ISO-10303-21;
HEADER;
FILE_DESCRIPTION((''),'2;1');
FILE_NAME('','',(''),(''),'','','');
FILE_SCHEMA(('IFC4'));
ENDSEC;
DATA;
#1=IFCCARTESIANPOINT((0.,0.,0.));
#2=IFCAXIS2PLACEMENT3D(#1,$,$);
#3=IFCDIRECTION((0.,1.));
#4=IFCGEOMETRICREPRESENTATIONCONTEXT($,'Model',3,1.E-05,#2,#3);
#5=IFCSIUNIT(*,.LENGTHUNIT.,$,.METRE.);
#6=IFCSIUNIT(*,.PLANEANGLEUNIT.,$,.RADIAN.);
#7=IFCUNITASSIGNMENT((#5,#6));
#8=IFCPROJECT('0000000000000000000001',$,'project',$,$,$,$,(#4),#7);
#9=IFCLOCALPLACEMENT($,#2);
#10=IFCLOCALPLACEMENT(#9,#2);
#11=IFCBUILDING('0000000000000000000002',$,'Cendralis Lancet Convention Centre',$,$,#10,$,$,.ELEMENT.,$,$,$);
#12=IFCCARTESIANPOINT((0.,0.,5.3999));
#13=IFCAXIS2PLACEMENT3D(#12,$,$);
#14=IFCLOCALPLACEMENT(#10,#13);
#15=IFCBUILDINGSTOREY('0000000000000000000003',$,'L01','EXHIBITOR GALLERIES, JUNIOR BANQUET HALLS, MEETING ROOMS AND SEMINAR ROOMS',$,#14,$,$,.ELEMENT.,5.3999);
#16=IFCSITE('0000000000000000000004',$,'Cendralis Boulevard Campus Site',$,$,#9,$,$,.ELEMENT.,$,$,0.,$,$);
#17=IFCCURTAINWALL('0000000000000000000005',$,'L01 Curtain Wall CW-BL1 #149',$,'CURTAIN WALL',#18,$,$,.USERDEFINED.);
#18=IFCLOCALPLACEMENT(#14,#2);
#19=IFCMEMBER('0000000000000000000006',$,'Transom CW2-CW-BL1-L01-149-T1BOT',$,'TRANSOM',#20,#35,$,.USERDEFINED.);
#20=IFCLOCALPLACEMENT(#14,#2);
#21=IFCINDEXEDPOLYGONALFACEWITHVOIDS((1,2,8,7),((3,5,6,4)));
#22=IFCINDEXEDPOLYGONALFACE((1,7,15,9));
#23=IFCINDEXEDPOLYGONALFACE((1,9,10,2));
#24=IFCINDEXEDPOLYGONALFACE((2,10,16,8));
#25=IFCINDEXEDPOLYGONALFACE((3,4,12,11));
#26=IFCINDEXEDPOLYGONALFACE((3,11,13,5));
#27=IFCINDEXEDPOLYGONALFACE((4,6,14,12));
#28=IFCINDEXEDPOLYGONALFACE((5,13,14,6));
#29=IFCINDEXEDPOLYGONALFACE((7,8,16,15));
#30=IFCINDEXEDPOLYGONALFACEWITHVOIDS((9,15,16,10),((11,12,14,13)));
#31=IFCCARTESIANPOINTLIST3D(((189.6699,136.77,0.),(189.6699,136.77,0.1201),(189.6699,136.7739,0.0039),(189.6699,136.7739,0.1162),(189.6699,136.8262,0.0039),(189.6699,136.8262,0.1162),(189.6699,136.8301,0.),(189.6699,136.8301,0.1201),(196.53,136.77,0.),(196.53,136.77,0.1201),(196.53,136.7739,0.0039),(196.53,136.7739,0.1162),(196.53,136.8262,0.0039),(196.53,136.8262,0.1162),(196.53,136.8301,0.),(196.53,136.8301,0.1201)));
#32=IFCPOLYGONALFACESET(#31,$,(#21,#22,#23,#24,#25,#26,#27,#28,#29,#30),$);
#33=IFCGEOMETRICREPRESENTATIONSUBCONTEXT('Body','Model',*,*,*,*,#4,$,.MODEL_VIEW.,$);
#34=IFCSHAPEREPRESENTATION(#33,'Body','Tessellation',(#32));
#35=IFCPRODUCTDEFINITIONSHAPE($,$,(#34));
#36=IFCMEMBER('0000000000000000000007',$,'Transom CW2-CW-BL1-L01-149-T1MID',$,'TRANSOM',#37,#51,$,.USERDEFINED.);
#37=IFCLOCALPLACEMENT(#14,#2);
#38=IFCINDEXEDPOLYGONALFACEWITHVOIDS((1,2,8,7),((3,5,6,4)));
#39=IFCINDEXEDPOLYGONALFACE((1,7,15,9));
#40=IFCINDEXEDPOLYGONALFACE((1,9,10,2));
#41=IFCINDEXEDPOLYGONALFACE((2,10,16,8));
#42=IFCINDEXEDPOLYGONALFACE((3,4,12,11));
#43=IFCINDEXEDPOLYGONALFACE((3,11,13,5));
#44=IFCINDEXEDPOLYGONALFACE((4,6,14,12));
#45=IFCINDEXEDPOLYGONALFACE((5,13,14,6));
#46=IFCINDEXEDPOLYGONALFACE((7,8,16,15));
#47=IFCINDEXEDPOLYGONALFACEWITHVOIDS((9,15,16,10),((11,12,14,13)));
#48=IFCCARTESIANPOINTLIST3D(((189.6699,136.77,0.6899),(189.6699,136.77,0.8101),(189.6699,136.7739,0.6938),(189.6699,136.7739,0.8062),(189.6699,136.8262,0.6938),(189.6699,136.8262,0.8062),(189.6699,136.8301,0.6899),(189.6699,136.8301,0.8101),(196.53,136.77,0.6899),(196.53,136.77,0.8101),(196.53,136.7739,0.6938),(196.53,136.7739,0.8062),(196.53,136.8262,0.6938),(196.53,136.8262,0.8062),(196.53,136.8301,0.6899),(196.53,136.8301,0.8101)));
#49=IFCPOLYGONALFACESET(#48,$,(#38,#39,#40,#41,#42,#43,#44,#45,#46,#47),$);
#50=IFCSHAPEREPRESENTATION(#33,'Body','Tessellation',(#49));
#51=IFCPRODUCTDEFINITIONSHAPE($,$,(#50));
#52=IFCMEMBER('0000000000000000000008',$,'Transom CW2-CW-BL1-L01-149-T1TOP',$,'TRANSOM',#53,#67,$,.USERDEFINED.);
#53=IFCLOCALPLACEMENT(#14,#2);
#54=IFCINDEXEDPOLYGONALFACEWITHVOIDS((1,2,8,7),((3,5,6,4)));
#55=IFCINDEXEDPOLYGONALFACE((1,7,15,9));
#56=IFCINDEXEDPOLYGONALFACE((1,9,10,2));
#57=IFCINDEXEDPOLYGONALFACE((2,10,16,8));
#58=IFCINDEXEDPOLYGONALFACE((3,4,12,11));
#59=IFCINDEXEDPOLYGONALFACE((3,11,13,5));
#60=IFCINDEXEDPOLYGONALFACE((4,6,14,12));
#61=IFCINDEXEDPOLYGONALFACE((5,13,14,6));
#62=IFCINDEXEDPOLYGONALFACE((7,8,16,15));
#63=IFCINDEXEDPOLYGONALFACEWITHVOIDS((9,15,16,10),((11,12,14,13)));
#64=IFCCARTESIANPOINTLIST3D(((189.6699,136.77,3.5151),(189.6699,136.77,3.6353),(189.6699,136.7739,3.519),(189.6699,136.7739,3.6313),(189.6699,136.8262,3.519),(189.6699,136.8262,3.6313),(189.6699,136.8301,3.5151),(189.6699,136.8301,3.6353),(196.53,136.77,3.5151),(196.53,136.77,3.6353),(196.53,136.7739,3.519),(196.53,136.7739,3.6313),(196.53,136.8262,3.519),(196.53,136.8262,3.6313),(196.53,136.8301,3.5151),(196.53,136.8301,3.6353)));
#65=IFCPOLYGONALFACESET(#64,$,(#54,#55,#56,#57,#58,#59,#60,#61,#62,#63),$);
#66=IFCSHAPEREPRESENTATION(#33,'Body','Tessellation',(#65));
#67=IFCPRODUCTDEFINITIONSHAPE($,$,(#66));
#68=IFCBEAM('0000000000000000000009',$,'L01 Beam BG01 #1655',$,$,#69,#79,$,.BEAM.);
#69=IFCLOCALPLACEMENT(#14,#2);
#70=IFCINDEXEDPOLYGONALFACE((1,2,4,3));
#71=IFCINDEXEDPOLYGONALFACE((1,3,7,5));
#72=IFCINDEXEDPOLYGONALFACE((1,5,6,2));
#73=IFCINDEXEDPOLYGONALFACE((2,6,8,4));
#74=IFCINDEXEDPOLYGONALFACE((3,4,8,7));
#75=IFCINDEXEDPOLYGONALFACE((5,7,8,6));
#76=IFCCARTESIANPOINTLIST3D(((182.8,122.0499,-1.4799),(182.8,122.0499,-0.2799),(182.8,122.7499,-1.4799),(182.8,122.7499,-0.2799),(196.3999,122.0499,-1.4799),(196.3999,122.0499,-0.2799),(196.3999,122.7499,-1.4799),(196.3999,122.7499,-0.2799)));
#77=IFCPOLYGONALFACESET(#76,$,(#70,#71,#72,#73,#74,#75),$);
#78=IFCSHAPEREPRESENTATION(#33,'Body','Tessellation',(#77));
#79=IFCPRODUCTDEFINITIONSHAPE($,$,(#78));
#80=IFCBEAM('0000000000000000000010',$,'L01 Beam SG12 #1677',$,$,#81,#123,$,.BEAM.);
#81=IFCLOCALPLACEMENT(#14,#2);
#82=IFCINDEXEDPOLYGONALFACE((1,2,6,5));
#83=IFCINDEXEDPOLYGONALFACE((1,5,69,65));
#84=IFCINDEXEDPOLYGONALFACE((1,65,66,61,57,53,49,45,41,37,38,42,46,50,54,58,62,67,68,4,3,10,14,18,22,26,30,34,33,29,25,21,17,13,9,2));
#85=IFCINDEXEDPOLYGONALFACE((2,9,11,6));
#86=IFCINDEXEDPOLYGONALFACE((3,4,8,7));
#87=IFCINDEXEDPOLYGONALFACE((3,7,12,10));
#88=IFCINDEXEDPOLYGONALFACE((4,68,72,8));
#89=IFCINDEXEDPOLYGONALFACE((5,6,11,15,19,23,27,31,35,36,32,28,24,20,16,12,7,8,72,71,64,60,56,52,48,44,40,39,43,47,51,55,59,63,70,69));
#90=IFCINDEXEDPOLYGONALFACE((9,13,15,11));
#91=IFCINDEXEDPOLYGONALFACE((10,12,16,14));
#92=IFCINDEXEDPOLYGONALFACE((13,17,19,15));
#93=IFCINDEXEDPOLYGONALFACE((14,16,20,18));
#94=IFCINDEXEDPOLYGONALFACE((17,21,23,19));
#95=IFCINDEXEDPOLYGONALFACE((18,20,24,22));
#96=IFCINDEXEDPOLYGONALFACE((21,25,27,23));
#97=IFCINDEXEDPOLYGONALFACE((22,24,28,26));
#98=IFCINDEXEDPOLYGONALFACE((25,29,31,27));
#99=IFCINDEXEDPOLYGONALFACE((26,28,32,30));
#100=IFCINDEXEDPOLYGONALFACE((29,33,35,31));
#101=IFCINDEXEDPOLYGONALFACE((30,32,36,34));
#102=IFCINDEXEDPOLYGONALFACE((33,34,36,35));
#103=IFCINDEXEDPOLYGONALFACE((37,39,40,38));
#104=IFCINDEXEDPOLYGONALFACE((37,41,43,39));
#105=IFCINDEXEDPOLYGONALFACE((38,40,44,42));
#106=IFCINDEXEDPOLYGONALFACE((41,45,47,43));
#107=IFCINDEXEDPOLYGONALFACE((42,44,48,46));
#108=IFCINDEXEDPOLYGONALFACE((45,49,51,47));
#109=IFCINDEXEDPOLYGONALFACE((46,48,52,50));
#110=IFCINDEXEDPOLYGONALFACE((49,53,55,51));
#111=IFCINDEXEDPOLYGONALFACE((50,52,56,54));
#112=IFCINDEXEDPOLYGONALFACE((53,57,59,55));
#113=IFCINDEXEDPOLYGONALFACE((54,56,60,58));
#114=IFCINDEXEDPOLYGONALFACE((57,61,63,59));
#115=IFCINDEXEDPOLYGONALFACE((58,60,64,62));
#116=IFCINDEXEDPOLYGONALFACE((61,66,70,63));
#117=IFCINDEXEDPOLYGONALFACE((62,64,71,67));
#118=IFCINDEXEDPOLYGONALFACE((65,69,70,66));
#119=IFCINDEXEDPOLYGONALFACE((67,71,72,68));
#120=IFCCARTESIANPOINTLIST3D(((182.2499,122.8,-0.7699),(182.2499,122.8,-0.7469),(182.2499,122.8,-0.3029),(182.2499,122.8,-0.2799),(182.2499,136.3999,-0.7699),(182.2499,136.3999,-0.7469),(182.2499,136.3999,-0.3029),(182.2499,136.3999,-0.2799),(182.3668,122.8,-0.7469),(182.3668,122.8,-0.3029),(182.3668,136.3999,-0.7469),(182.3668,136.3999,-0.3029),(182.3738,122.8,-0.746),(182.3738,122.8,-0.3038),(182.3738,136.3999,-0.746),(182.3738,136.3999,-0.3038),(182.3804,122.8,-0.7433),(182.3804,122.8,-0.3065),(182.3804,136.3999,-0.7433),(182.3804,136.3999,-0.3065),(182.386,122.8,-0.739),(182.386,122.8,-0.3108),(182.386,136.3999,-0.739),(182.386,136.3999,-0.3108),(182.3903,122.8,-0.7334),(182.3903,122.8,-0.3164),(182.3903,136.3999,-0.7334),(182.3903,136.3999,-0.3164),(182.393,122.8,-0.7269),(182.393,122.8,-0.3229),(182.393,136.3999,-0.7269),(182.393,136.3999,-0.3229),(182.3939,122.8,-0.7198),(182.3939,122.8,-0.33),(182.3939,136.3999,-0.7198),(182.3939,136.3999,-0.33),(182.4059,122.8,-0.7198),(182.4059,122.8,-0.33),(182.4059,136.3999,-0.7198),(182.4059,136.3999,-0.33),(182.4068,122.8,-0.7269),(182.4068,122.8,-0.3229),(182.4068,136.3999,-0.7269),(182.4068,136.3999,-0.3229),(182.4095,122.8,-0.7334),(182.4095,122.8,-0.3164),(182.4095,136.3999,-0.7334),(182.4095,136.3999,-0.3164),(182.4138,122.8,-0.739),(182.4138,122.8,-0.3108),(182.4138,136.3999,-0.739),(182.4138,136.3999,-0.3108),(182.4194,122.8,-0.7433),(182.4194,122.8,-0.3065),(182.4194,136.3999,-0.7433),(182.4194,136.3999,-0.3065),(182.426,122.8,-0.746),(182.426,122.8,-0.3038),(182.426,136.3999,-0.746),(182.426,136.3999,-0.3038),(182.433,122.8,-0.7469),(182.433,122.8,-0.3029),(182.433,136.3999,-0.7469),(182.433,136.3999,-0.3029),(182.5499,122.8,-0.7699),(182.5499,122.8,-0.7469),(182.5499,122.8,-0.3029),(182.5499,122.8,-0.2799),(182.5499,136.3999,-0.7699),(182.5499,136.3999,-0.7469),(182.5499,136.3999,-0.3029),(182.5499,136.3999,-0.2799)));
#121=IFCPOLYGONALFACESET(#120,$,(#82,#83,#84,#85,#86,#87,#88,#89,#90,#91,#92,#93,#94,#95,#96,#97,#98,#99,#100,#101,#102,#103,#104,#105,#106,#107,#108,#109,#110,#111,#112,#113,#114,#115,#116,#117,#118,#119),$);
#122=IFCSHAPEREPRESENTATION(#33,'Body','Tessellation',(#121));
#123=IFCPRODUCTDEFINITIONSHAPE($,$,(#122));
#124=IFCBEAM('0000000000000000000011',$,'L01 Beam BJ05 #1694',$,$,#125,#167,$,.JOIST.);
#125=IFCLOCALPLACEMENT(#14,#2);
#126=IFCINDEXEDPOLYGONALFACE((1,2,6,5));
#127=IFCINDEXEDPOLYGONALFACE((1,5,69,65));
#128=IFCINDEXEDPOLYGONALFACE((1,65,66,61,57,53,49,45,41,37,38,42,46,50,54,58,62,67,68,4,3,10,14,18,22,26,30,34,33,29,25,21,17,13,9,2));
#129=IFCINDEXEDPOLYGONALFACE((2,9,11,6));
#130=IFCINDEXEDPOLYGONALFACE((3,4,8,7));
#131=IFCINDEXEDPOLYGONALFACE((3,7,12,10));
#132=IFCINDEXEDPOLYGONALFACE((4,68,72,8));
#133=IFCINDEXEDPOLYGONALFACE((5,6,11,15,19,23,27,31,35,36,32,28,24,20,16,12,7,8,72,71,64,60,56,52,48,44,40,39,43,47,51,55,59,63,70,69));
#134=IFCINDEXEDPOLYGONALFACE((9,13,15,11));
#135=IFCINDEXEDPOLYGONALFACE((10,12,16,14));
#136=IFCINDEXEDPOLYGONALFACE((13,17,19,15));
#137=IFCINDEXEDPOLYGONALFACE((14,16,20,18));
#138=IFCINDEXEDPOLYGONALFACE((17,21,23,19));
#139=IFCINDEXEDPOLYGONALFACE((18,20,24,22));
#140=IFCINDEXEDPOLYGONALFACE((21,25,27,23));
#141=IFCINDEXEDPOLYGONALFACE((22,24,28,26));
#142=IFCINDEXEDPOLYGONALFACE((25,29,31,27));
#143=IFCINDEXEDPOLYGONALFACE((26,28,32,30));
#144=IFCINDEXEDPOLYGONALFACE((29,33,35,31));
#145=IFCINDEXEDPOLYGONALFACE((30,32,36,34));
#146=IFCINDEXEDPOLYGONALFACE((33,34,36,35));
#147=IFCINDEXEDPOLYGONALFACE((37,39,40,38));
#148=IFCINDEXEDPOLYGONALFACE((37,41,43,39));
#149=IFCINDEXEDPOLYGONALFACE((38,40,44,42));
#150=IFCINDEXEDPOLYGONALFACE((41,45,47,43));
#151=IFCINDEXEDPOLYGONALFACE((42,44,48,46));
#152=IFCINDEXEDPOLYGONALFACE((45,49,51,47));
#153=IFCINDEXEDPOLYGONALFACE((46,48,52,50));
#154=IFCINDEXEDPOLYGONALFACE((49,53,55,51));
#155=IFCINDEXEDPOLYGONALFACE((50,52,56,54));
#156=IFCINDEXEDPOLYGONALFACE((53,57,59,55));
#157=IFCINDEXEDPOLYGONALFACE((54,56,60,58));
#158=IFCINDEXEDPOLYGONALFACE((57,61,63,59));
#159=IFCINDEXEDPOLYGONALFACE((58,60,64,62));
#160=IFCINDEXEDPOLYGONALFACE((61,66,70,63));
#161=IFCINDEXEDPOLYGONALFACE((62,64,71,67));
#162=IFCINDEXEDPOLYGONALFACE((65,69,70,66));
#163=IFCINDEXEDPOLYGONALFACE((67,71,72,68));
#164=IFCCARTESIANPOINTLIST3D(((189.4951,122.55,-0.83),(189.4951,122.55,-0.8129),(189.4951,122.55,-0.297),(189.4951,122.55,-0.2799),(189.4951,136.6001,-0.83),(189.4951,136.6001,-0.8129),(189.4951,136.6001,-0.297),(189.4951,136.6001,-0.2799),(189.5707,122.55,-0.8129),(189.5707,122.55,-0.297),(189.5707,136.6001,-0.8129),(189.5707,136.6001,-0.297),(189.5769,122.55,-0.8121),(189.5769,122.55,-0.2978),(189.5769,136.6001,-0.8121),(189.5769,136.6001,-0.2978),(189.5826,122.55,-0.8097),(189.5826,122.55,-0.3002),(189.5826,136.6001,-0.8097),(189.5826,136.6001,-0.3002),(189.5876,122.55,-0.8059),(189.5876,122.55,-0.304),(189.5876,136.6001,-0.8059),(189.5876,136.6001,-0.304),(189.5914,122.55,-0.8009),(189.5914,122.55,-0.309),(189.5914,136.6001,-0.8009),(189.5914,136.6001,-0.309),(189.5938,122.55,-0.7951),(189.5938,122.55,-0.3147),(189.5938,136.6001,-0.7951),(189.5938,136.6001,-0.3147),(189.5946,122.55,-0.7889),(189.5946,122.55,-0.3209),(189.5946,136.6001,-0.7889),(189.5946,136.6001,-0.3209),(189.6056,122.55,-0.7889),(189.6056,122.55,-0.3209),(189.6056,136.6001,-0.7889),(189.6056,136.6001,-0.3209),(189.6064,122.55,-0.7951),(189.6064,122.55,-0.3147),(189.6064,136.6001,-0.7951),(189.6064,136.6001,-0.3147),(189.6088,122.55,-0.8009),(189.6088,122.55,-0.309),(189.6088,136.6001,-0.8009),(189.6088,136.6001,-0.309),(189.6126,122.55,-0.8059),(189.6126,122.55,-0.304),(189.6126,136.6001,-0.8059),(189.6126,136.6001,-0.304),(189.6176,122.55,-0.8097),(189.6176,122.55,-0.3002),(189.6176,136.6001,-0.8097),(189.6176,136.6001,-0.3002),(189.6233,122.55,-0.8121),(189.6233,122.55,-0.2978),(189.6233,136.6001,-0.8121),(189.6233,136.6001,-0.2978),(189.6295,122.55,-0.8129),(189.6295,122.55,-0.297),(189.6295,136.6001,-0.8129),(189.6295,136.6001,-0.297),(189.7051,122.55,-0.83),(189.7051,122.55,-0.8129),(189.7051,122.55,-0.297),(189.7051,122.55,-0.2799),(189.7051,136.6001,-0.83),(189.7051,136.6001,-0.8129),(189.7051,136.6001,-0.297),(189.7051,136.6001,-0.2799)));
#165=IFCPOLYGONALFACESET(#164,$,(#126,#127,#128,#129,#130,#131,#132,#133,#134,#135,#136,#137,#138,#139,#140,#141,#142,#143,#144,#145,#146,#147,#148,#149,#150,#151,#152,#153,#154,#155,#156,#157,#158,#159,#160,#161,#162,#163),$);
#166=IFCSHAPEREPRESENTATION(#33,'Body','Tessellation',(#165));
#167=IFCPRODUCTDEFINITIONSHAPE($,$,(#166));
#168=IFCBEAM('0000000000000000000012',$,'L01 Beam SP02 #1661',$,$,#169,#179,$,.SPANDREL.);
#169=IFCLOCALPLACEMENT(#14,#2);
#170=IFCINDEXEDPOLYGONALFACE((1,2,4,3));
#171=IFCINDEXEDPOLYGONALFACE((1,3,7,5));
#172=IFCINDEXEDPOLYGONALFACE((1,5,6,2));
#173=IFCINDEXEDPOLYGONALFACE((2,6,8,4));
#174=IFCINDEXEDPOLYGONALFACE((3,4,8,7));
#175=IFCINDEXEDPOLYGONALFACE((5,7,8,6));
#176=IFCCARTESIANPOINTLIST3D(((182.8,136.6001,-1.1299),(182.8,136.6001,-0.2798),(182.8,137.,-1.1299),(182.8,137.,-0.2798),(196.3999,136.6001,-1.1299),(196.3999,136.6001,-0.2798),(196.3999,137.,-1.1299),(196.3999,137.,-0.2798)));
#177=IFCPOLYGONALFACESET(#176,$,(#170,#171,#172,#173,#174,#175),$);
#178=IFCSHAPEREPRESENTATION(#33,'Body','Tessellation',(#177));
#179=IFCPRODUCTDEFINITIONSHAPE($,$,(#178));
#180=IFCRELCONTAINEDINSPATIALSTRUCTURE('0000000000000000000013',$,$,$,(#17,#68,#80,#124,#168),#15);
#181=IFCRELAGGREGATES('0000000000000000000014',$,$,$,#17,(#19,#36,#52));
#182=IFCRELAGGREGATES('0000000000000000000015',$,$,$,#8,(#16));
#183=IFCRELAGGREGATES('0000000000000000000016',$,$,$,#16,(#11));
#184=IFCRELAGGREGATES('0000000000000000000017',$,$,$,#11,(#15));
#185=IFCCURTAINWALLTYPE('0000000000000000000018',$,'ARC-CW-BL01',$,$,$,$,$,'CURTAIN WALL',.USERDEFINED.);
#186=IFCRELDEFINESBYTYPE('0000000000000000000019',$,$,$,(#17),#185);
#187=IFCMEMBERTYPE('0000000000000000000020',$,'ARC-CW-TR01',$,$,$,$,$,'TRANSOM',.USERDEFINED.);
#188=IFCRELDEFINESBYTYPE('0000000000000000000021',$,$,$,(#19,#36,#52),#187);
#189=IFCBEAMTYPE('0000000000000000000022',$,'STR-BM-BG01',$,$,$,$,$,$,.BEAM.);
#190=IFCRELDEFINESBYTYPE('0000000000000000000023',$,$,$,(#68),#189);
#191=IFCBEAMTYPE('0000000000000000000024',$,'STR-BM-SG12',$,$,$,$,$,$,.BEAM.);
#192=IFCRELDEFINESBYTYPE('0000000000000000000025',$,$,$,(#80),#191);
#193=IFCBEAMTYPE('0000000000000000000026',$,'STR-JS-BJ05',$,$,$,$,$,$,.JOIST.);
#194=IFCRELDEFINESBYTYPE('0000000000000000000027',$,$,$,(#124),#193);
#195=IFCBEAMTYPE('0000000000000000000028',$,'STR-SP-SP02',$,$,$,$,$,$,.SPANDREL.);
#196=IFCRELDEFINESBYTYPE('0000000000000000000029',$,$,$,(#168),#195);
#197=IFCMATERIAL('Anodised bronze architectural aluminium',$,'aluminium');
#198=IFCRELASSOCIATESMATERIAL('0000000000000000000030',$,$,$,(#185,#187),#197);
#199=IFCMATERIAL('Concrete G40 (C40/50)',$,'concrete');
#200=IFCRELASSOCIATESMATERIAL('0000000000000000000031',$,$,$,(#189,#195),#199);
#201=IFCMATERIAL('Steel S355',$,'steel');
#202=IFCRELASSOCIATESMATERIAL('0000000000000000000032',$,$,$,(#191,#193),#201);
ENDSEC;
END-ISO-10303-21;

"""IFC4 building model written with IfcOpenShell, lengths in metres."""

from ifc_helpers import new_model, si_unit, direction, frame, origin, origin_2d, place, context, subcontext, project, spatial, rectangle, hollow_rectangle, i_section, extrude, material, material_profile, profile_set, type_object, element, aggregate, save


model = new_model("IFC4")

# Units and contexts
model_context = context("Model", 3, precision=1e-05, world=origin(), true_north=direction((0.0, 1.0)))
body_context = subcontext(model_context, "Body", "Model", "MODEL_VIEW")
ifc_project = project(units=[si_unit("LENGTHUNIT", "METRE"), si_unit("PLANEANGLEUNIT", "RADIAN")], contexts=[model_context])

# Site, building, storey
site_placement = place(None, origin())
site = spatial("IfcSite", under=ifc_project, at=site_placement, Name="Cendralis Boulevard Campus Site", CompositionType="ELEMENT", RefElevation=0.0)
building_placement = place(site_placement, origin())
building = spatial("IfcBuilding", under=site, at=building_placement, Name="Cendralis Lancet Convention Centre", CompositionType="ELEMENT")
storey_placement = place(building_placement, frame((0.0, 0.0, 5.3999)))
storey = spatial("IfcBuildingStorey", under=building, at=storey_placement, Name="L01", Description="EXHIBITOR GALLERIES, JUNIOR BANQUET HALLS, MEETING ROOMS AND SEMINAR ROOMS", CompositionType="ELEMENT", Elevation=5.3999)

# Shared definitions
ifc_material_1 = material(Name="Steel S355", Category="steel")

# Curtain wall, members
ifc_material_2 = material(Name="Anodised bronze architectural aluminium", Category="aluminium")
curtain_wall_type = type_object("IfcCurtainWallType", Name="ARC-CW-BL01", ElementType="CURTAIN WALL", PredefinedType="USERDEFINED", material=ifc_material_2)
curtain_wall_placement = place(storey_placement, origin())
curtain_wall = element("IfcCurtainWall", 1, at=curtain_wall_placement, inside=storey, type_object=curtain_wall_type, Name="L01 Curtain Wall CW-BL1 #149", ObjectType="CURTAIN WALL", PredefinedType="USERDEFINED")
ifc_material_profile_1 = material_profile(ifc_material_2, hollow_rectangle(XDim=0.0601, YDim=0.1201, WallThickness=0.0039, at=origin_2d()), Name="AL-TRAN 60x120x4.0")
ifc_profile_set_1 = profile_set([ifc_material_profile_1], Name="Anodised bronze architectural aluminium")
member_type_1 = type_object("IfcMemberType", Name="ARC-CW-TR01", ElementType="TRANSOM", PredefinedType="USERDEFINED", material=ifc_profile_set_1)
member_1_placement = place(storey_placement, frame((189.6699, 136.8, 0.0601), z_axis=(1.0, 0.0, 0.0), x_axis=(0.0, 1.0, 0.0)))
member_1 = element("IfcMember", 2, at=member_1_placement, type_object=member_type_1, Name="Transom CW2-CW-BL1-L01-149-T1BOT", ObjectType="TRANSOM", PredefinedType="USERDEFINED", context=body_context, shape_type="SweptSolid", body=[
    extrude(hollow_rectangle(XDim=0.0601, YDim=0.1201, WallThickness=0.0039, at=origin_2d()), origin(), (0.0, 0.0, 1.0), 6.8601),
])
member_2_placement = place(storey_placement, frame((189.6699, 136.8, 0.75), z_axis=(1.0, 0.0, 0.0), x_axis=(0.0, 1.0, 0.0)))
member_2 = element("IfcMember", 3, at=member_2_placement, type_object=member_type_1, Name="Transom CW2-CW-BL1-L01-149-T1MID", ObjectType="TRANSOM", PredefinedType="USERDEFINED", context=body_context, shape_type="SweptSolid", body=[
    extrude(hollow_rectangle(XDim=0.0601, YDim=0.1201, WallThickness=0.0039, at=origin_2d()), origin(), (0.0, 0.0, 1.0), 6.8601),
])
member_3_placement = place(storey_placement, frame((189.6699, 136.8, 3.5752), z_axis=(1.0, 0.0, 0.0), x_axis=(0.0, 1.0, 0.0)))
member_3 = element("IfcMember", 4, at=member_3_placement, type_object=member_type_1, Name="Transom CW2-CW-BL1-L01-149-T1TOP", ObjectType="TRANSOM", PredefinedType="USERDEFINED", context=body_context, shape_type="SweptSolid", body=[
    extrude(hollow_rectangle(XDim=0.0601, YDim=0.1201, WallThickness=0.0039, at=origin_2d()), origin(), (0.0, 0.0, 1.0), 6.8601),
])

# Beams
ifc_material_3 = material(Name="Concrete G40 (C40/50)", Category="concrete")
ifc_material_profile_2 = material_profile(ifc_material_3, rectangle(XDim=0.7, YDim=1.2, at=origin_2d()), Name="RCB 700x1200")
ifc_profile_set_2 = profile_set([ifc_material_profile_2], Name="Concrete G40 (C40/50)")
beam_type_1 = type_object("IfcBeamType", Name="STR-BM-BG01", PredefinedType="BEAM", material=ifc_profile_set_2)
beam_1_placement = place(storey_placement, frame((182.8, 122.3999, -0.8799), z_axis=(1.0, 0.0, 0.0), x_axis=(0.0, 1.0, 0.0)))
element("IfcBeam", 5, at=beam_1_placement, inside=storey, type_object=beam_type_1, Name="L01 Beam BG01 #1655", PredefinedType="BEAM", context=body_context, shape_type="SweptSolid", body=[
    extrude(rectangle(XDim=0.7, YDim=1.2, at=origin_2d()), origin(), (0.0, 0.0, 1.0), 13.5999),
])
ifc_material_profile_3 = material_profile(ifc_material_1, i_section(OverallWidth=0.3, OverallDepth=0.49, WebThickness=0.012, FlangeThickness=0.0229, FilletRadius=0.0271, at=origin_2d()), Name="HEA 500")
ifc_profile_set_3 = profile_set([ifc_material_profile_3], Name="Steel S355")
beam_type_2 = type_object("IfcBeamType", Name="STR-BM-SG12", PredefinedType="BEAM", material=ifc_profile_set_3)
beam_2_placement = place(storey_placement, frame((182.3999, 122.8, -0.5249), z_axis=(0.0, 1.0, 0.0), x_axis=(-1.0, 0.0, 0.0)))
element("IfcBeam", 6, at=beam_2_placement, inside=storey, type_object=beam_type_2, Name="L01 Beam SG12 #1677", PredefinedType="BEAM", context=body_context, shape_type="SweptSolid", body=[
    extrude(i_section(OverallWidth=0.3, OverallDepth=0.49, WebThickness=0.012, FlangeThickness=0.0229, FilletRadius=0.0271, at=origin_2d()), origin(), (0.0, 0.0, 1.0), 13.5999),
])
ifc_material_profile_4 = material_profile(ifc_material_1, i_section(OverallWidth=0.21, OverallDepth=0.55, WebThickness=0.011, FlangeThickness=0.0171, FilletRadius=0.0239, at=origin_2d()), Name="IPE 550")
ifc_profile_set_4 = profile_set([ifc_material_profile_4], Name="Steel S355")
beam_type_3 = type_object("IfcBeamType", Name="STR-JS-BJ05", PredefinedType="JOIST", material=ifc_profile_set_4)
beam_3_placement = place(storey_placement, frame((189.6001, 122.55, -0.5549), z_axis=(0.0, 1.0, 0.0), x_axis=(-1.0, 0.0, 0.0)))
element("IfcBeam", 7, at=beam_3_placement, inside=storey, type_object=beam_type_3, Name="L01 Beam BJ05 #1694", PredefinedType="JOIST", context=body_context, shape_type="SweptSolid", body=[
    extrude(i_section(OverallWidth=0.21, OverallDepth=0.55, WebThickness=0.011, FlangeThickness=0.0171, FilletRadius=0.0239, at=origin_2d()), origin(), (0.0, 0.0, 1.0), 14.05),
])
ifc_material_profile_5 = material_profile(ifc_material_3, rectangle(XDim=0.3999, YDim=0.8501, at=origin_2d()), Name="RCB 400x850")
ifc_profile_set_5 = profile_set([ifc_material_profile_5], Name="Concrete G40 (C40/50)")
beam_type_4 = type_object("IfcBeamType", Name="STR-SP-SP02", PredefinedType="SPANDREL", material=ifc_profile_set_5)
beam_4_placement = place(storey_placement, frame((182.8, 136.8, -0.7048), z_axis=(1.0, 0.0, 0.0), x_axis=(0.0, 1.0, 0.0)))
element("IfcBeam", 8, at=beam_4_placement, inside=storey, type_object=beam_type_4, Name="L01 Beam SP02 #1661", PredefinedType="SPANDREL", context=body_context, shape_type="SweptSolid", body=[
    extrude(rectangle(XDim=0.3999, YDim=0.8501, at=origin_2d()), origin(), (0.0, 0.0, 1.0), 13.5999),
])

aggregate(curtain_wall, [member_1, member_2, member_3])

save(model, "model.ifc")
